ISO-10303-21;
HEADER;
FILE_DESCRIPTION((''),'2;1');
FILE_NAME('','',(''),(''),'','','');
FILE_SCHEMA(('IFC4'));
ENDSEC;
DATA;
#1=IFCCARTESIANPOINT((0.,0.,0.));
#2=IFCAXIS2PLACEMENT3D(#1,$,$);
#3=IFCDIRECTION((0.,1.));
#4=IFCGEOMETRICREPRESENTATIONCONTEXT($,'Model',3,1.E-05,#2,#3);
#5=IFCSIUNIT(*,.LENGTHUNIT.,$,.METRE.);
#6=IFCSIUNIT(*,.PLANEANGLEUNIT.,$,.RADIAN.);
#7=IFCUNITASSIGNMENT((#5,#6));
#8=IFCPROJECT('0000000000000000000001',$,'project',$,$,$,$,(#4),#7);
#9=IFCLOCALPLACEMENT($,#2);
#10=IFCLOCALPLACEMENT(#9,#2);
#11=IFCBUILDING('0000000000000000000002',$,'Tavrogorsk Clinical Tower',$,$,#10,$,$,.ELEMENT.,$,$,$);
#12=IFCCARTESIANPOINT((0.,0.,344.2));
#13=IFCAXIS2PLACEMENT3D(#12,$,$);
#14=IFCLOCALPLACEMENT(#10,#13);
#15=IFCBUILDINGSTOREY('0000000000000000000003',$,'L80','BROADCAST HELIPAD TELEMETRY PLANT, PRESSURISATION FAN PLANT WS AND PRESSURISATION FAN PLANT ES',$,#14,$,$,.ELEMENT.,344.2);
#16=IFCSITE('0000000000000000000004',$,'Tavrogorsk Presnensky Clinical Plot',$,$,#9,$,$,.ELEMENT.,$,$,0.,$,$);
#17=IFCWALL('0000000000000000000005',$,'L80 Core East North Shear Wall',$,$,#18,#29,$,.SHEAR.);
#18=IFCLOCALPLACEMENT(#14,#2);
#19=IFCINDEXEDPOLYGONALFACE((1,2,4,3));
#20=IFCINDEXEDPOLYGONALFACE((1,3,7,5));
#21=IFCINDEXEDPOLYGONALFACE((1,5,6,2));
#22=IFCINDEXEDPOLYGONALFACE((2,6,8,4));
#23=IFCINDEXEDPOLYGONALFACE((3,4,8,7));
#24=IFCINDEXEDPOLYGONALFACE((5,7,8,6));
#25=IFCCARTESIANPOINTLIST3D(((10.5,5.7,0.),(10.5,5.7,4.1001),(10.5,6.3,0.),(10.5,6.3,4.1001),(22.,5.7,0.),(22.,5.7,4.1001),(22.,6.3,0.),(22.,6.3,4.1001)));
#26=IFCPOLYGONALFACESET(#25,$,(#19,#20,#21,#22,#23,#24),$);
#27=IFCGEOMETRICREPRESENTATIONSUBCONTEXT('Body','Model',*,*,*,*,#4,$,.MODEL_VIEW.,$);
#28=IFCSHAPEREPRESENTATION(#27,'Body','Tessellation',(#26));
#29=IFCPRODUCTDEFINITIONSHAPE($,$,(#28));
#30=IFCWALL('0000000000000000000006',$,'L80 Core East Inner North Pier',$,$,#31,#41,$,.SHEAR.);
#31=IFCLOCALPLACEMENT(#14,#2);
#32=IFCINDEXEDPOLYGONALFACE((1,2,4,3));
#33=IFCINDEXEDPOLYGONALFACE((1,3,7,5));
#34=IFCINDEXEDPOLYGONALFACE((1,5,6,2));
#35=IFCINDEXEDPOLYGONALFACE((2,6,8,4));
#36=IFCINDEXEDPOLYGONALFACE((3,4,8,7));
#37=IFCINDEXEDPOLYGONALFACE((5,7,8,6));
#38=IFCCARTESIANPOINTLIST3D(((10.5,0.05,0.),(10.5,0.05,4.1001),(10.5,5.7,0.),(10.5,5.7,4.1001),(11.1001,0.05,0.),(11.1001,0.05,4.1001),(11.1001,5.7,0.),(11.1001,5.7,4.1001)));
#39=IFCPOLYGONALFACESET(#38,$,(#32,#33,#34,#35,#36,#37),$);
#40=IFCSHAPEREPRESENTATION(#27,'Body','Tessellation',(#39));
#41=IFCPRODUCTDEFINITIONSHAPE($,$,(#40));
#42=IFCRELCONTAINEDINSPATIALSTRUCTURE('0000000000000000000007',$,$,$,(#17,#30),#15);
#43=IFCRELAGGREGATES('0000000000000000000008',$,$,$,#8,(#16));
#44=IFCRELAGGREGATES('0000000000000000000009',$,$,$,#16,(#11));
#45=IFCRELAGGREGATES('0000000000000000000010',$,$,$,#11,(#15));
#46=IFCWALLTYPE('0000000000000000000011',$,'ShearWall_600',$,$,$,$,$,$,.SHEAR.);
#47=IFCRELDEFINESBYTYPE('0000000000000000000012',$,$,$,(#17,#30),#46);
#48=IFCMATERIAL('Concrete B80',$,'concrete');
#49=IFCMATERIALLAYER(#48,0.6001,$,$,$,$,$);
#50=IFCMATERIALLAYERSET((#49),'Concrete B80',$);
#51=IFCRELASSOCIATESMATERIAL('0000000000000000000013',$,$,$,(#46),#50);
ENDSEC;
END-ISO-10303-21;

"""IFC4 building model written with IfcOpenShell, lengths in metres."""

from ifc_helpers import new_model, si_unit, direction, frame, frame_2d, origin, place, context, subcontext, project, spatial, rectangle, extrude, material, layer, layer_set, type_object, element, save


model = new_model("IFC4")

# Units and contexts
model_context = context("Model", 3, precision=1e-05, world=origin(), true_north=direction((0.0, 1.0)))
body_context = subcontext(model_context, "Body", "Model", "MODEL_VIEW")
ifc_project = project(units=[si_unit("LENGTHUNIT", "METRE"), si_unit("PLANEANGLEUNIT", "RADIAN")], contexts=[model_context])

# Site, building, storey
site_placement = place(None, origin())
site = spatial("IfcSite", under=ifc_project, at=site_placement, Name="Tavrogorsk Presnensky Clinical Plot", CompositionType="ELEMENT", RefElevation=0.0)
building_placement = place(site_placement, origin())
building = spatial("IfcBuilding", under=site, at=building_placement, Name="Tavrogorsk Clinical Tower", CompositionType="ELEMENT")
storey_placement = place(building_placement, frame((0.0, 0.0, 344.2)))
storey = spatial("IfcBuildingStorey", under=building, at=storey_placement, Name="L80", Description="BROADCAST HELIPAD TELEMETRY PLANT, PRESSURISATION FAN PLANT WS AND PRESSURISATION FAN PLANT ES", CompositionType="ELEMENT", Elevation=344.2)

# Walls
ifc_material_1 = material(Name="Concrete B80", Category="concrete")
ifc_layer_1 = layer(ifc_material_1, 0.6001)
ifc_layer_set_1 = layer_set([ifc_layer_1], Name="Concrete B80")
wall_type_1 = type_object("IfcWallType", Name="ShearWall_600", PredefinedType="SHEAR", material=ifc_layer_set_1)
wall_1_placement = place(storey_placement, frame((10.5, 6.0, 0.0), z_axis=(0.0, 0.0, 1.0), x_axis=(1.0, 0.0, 0.0)))
element("IfcWall", 1, at=wall_1_placement, inside=storey, type_object=wall_type_1, Name="L80 Core East North Shear Wall", PredefinedType="SHEAR", context=body_context, shape_type="SweptSolid", body=[
    extrude(rectangle(XDim=11.5, YDim=0.6001, at=frame_2d((5.75, 0.0))), origin(), (0.0, 0.0, 1.0), 4.1001),
])
wall_2_placement = place(storey_placement, frame((10.8, 0.05, 0.0), z_axis=(0.0, 0.0, 1.0), x_axis=(0.0, 1.0, 0.0)))
element("IfcWall", 2, at=wall_2_placement, inside=storey, type_object=wall_type_1, Name="L80 Core East Inner North Pier", PredefinedType="SHEAR", context=body_context, shape_type="SweptSolid", body=[
    extrude(rectangle(XDim=5.6499, YDim=0.6001, at=frame_2d((2.825, 0.0))), origin(), (0.0, 0.0, 1.0), 4.1001),
])

save(model, "model.ifc")
